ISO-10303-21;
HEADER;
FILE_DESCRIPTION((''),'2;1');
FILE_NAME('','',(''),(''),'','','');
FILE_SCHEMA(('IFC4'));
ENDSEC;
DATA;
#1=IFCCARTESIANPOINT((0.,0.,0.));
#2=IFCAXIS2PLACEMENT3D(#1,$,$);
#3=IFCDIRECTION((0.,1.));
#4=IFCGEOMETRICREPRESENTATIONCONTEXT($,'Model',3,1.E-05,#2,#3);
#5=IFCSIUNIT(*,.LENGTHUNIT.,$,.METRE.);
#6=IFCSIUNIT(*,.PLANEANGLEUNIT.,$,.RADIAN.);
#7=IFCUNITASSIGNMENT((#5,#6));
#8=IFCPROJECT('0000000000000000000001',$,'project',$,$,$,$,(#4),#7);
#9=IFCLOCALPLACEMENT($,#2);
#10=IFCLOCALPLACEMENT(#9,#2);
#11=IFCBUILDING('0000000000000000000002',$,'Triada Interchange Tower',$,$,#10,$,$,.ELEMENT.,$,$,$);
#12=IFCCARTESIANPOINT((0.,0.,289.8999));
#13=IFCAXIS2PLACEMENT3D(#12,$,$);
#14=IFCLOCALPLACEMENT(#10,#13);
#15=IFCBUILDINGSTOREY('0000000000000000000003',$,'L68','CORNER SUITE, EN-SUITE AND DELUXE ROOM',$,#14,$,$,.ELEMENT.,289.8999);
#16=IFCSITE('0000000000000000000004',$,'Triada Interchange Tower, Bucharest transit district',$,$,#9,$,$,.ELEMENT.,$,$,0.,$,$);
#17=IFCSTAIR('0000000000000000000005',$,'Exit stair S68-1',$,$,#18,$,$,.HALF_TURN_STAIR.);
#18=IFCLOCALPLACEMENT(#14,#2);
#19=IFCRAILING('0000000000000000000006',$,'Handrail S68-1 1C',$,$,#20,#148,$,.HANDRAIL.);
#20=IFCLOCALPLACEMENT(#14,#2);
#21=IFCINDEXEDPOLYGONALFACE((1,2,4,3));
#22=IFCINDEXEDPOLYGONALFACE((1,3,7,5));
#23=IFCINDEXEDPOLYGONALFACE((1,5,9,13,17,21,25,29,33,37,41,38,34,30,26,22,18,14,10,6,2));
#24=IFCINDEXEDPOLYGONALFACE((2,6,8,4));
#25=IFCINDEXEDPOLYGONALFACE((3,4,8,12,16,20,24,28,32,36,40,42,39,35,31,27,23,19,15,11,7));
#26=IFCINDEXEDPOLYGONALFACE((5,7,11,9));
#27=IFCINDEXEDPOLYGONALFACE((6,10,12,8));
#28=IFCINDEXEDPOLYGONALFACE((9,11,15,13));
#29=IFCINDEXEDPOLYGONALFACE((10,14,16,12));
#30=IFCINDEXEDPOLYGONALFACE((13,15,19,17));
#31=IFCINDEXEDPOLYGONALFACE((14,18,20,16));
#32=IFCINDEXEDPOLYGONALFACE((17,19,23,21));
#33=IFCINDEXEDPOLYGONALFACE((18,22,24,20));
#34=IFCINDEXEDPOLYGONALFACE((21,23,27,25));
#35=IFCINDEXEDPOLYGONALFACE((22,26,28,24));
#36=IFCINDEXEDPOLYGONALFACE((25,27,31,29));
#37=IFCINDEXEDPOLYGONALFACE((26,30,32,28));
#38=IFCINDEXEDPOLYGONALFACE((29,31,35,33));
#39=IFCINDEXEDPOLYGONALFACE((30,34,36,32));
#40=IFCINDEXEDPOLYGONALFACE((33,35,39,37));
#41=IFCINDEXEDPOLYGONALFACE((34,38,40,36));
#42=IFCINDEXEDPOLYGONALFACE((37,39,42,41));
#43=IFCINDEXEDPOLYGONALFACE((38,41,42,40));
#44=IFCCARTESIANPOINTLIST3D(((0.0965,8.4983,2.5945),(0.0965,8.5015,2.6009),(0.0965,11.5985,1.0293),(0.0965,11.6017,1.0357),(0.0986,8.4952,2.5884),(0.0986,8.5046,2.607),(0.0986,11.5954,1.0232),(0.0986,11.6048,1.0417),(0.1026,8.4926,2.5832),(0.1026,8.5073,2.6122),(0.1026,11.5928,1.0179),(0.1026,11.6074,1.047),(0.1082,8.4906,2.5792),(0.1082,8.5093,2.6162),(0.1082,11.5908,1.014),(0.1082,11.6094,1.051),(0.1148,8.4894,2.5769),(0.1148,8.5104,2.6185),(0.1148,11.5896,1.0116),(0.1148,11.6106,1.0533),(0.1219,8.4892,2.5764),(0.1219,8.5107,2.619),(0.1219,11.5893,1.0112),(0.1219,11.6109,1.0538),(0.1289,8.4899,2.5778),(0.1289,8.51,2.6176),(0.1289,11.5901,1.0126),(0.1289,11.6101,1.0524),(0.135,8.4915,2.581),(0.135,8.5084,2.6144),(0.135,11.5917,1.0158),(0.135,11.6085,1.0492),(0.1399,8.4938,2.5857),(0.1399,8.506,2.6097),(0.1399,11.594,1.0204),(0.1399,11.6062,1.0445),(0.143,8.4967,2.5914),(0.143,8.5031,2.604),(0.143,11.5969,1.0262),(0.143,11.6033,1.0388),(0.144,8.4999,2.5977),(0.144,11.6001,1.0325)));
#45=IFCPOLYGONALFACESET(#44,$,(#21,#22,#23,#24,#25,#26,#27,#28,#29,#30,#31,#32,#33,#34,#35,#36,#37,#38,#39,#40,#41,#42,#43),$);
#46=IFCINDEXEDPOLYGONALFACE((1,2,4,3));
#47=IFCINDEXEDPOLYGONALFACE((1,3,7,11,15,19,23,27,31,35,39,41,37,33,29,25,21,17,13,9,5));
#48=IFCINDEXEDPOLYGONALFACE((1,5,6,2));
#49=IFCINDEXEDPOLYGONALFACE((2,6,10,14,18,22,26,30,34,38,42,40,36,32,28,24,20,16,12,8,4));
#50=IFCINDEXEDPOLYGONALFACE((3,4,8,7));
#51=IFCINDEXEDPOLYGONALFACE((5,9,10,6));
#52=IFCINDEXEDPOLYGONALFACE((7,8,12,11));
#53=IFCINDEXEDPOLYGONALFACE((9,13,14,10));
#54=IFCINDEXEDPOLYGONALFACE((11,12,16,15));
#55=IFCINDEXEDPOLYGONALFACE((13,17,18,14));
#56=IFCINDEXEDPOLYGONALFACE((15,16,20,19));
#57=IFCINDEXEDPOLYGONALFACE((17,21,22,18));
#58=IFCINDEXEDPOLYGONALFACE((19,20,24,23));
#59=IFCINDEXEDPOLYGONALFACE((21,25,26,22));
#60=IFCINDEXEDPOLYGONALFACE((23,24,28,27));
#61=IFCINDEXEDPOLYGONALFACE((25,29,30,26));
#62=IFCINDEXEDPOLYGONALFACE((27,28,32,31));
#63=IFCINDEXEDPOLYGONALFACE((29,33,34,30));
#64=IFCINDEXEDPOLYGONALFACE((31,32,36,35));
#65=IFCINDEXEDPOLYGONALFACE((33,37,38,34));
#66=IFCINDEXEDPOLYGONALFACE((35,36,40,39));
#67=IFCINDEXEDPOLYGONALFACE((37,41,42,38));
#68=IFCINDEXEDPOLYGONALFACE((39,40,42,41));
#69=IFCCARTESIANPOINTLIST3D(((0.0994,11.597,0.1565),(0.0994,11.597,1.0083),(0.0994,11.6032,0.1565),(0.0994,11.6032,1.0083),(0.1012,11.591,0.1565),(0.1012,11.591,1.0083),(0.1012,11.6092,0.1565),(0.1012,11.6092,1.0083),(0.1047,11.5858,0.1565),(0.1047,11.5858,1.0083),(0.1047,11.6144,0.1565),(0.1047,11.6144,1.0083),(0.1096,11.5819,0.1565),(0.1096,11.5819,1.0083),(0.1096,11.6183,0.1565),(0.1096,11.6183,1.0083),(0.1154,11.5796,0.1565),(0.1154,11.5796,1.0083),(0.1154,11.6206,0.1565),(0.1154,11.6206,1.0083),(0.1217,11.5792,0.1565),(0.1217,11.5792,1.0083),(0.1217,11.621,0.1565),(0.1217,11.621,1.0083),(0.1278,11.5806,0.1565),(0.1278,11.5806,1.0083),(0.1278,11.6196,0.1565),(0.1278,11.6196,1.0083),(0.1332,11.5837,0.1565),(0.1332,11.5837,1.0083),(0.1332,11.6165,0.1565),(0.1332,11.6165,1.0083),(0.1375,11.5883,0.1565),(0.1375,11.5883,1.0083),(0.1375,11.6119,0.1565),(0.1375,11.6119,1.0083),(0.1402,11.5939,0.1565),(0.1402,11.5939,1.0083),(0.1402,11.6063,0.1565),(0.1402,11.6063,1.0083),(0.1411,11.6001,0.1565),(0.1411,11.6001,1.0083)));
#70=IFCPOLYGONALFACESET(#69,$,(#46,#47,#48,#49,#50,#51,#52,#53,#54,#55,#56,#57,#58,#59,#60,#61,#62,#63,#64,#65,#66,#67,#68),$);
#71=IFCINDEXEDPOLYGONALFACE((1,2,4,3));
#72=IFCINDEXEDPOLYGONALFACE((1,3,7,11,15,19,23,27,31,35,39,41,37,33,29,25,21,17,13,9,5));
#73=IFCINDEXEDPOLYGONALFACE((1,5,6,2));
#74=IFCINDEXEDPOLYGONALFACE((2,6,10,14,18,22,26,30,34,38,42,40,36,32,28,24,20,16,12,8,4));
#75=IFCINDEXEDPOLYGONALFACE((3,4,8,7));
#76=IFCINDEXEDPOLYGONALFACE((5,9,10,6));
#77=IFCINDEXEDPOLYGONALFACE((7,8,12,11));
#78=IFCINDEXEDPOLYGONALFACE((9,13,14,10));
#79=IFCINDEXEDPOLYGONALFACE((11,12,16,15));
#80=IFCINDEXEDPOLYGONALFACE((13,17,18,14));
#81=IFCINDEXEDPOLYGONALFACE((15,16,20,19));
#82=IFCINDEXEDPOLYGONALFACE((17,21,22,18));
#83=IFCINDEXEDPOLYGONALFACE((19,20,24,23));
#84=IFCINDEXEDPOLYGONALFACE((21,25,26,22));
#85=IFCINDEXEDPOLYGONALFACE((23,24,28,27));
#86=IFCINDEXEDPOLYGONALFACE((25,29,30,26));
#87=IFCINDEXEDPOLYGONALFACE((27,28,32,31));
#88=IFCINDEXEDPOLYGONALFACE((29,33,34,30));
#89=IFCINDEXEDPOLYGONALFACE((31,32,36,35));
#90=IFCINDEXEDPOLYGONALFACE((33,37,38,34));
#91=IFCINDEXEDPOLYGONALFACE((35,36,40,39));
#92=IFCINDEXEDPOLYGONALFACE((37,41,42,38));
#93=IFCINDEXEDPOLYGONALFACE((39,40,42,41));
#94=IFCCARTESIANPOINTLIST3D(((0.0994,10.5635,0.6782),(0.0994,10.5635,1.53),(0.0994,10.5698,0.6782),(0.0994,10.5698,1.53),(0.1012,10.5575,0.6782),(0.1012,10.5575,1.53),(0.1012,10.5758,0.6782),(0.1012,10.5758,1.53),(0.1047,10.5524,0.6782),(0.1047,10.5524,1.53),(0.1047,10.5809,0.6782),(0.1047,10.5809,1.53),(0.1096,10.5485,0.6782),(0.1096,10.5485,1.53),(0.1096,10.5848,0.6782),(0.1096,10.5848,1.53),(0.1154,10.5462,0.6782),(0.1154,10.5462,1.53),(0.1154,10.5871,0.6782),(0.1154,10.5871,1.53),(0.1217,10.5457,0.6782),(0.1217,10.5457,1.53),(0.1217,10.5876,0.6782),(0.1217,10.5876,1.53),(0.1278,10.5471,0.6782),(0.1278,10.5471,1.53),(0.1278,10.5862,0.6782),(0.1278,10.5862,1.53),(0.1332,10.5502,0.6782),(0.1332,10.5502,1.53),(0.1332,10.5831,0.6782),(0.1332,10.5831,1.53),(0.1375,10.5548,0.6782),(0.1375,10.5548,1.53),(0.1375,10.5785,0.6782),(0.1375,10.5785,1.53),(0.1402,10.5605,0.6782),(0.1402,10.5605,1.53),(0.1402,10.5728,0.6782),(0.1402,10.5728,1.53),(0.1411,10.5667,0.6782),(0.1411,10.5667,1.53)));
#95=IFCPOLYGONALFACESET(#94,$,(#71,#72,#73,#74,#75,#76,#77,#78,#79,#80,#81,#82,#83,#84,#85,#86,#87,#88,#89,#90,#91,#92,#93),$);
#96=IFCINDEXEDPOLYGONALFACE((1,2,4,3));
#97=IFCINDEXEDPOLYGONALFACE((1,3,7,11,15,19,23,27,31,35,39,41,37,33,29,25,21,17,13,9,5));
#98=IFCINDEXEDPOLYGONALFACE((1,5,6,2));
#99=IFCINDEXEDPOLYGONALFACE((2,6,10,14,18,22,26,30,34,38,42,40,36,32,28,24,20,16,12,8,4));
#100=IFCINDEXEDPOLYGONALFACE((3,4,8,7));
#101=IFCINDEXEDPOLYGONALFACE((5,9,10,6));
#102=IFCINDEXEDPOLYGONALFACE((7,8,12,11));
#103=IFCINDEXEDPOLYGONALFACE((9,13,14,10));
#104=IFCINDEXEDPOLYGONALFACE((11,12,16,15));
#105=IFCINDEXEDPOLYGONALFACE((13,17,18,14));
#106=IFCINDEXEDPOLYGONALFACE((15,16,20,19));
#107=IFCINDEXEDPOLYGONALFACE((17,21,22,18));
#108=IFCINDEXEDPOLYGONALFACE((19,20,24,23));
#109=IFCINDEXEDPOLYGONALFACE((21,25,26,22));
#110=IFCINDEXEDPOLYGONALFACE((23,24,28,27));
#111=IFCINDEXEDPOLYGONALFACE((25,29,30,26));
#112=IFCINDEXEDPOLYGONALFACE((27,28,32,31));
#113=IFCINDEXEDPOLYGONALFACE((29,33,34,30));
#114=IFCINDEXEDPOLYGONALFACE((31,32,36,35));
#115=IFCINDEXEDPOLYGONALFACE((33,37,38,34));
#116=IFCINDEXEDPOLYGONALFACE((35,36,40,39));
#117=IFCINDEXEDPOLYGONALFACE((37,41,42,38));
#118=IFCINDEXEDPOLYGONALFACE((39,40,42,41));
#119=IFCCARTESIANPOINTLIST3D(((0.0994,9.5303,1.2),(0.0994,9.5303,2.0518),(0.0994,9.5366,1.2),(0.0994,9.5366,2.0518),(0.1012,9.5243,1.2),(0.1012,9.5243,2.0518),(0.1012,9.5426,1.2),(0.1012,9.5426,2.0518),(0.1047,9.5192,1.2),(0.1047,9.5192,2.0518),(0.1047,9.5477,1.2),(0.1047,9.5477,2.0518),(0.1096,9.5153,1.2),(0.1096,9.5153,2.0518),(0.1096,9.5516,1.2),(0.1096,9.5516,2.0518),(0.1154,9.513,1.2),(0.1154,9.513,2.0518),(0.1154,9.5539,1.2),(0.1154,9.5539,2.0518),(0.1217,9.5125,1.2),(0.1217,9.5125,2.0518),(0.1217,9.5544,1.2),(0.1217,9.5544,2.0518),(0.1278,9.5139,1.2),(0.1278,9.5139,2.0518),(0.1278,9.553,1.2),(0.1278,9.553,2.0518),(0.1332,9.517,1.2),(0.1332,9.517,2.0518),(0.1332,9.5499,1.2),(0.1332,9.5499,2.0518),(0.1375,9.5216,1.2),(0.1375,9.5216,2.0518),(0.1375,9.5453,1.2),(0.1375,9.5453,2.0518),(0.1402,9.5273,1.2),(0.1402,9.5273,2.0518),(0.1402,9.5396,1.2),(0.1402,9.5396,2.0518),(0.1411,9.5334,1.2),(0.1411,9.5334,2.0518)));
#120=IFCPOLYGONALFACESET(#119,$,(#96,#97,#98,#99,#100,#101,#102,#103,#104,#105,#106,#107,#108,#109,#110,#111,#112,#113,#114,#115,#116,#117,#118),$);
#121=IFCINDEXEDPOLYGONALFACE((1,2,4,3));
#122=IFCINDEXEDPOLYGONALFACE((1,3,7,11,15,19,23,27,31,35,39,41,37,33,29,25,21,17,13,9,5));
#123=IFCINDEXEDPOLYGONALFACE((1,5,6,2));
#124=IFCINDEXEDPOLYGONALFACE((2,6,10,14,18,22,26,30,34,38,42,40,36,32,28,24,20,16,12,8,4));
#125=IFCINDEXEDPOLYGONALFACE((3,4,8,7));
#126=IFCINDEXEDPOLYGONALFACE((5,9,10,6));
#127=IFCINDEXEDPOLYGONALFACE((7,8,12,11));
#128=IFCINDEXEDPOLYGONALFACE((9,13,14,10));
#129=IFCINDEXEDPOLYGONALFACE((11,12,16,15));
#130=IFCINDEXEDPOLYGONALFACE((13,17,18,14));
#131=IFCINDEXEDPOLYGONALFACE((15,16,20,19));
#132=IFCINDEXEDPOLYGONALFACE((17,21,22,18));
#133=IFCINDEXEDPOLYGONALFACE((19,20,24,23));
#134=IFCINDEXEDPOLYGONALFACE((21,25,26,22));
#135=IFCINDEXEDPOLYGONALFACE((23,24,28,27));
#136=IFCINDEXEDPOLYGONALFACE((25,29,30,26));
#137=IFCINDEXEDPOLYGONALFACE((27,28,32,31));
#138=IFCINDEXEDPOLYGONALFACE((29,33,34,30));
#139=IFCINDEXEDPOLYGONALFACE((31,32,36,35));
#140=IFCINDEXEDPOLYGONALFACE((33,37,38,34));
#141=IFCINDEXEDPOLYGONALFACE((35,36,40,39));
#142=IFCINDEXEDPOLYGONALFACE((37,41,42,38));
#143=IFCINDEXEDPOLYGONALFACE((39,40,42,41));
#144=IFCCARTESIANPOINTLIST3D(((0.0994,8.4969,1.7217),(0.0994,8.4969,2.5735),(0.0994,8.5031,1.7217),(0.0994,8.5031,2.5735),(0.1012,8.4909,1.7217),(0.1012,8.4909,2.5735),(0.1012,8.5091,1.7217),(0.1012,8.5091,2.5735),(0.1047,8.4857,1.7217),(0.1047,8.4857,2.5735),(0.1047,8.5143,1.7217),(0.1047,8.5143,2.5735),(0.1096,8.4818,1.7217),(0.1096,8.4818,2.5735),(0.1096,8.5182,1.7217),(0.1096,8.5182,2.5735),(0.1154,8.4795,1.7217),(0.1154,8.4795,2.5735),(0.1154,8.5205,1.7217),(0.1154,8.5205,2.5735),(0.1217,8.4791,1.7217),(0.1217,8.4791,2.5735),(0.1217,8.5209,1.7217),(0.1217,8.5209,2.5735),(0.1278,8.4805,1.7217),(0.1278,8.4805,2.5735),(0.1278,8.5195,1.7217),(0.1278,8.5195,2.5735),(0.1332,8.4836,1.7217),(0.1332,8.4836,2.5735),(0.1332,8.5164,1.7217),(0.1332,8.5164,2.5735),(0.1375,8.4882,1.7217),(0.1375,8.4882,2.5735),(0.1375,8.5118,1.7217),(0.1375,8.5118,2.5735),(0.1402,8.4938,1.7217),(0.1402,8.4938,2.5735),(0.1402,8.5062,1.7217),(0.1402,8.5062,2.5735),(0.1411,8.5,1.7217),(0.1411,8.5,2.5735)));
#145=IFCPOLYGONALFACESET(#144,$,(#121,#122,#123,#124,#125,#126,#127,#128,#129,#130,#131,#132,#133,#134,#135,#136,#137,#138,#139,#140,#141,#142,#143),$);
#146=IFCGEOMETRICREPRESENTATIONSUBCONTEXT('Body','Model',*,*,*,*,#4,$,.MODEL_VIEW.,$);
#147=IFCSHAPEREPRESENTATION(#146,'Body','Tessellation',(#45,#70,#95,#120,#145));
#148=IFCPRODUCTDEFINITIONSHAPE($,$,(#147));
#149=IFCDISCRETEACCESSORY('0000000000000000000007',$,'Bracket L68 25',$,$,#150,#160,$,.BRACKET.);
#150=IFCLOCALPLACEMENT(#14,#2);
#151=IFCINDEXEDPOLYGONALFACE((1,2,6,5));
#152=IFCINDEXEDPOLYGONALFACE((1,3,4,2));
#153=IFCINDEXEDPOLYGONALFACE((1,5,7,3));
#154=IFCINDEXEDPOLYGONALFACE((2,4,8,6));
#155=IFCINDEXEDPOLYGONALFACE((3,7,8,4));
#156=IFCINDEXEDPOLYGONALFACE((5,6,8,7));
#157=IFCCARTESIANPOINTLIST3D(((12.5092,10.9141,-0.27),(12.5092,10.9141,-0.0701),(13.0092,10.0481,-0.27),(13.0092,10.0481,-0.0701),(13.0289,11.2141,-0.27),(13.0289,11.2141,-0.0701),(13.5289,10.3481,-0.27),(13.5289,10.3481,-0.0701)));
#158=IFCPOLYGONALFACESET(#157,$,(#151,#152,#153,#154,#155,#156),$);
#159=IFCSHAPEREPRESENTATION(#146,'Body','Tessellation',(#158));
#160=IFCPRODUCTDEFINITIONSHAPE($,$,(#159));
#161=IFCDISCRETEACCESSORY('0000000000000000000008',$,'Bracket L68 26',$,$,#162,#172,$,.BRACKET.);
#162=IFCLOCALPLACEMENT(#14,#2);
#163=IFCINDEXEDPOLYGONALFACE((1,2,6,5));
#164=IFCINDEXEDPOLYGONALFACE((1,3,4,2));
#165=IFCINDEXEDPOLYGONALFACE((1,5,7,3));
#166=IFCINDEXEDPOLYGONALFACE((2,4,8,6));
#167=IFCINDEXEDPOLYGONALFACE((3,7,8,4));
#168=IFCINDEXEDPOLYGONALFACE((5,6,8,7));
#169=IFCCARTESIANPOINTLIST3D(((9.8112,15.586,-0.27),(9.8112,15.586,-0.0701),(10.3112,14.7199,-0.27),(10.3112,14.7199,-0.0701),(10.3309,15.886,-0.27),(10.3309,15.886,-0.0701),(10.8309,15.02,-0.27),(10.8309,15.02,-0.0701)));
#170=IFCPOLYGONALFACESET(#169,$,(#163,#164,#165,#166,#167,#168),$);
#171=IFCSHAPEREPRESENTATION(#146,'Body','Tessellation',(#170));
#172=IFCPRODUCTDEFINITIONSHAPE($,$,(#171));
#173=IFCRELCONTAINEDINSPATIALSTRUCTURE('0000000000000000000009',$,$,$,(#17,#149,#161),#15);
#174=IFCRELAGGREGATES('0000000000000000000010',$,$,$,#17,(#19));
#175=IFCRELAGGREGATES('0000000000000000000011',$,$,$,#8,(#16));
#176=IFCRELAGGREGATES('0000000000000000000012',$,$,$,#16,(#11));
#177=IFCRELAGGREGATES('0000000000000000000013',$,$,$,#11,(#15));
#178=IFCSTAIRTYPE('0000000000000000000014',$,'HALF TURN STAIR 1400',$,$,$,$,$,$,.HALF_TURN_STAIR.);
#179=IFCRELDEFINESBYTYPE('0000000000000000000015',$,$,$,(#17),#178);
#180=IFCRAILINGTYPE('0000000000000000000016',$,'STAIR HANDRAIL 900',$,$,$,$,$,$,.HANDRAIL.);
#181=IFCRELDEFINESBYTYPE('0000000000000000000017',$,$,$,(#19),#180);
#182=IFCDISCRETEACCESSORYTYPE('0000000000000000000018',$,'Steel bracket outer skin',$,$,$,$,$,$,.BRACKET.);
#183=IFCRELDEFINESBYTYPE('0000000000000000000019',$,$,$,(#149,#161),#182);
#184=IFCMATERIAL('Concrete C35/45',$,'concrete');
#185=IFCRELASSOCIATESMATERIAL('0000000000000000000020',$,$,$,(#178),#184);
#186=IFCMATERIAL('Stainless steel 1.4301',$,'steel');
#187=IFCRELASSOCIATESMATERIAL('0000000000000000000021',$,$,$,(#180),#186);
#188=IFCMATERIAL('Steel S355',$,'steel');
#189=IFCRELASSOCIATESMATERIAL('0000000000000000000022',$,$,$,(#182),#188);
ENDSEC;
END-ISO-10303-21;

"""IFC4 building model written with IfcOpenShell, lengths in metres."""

from ifc_helpers import new_model, si_unit, direction, frame, origin, origin_2d, place, context, subcontext, project, spatial, rectangle, circle, extrude, material, type_object, element, aggregate, save


model = new_model("IFC4")

# Units and contexts
model_context = context("Model", 3, precision=1e-05, world=origin(), true_north=direction((0.0, 1.0)))
body_context = subcontext(model_context, "Body", "Model", "MODEL_VIEW")
ifc_project = project(units=[si_unit("LENGTHUNIT", "METRE"), si_unit("PLANEANGLEUNIT", "RADIAN")], contexts=[model_context])

# Site, building, storey
site_placement = place(None, origin())
site = spatial("IfcSite", under=ifc_project, at=site_placement, Name="Triada Interchange Tower, Bucharest transit district", CompositionType="ELEMENT", RefElevation=0.0)
building_placement = place(site_placement, origin())
building = spatial("IfcBuilding", under=site, at=building_placement, Name="Triada Interchange Tower", CompositionType="ELEMENT")
storey_placement = place(building_placement, frame((0.0, 0.0, 289.8999)))
storey = spatial("IfcBuildingStorey", under=building, at=storey_placement, Name="L68", Description="CORNER SUITE, EN-SUITE AND DELUXE ROOM", CompositionType="ELEMENT", Elevation=289.8999)

# Stair
ifc_material_1 = material(Name="Concrete C35/45", Category="concrete")
stair_type = type_object("IfcStairType", Name="HALF TURN STAIR 1400", PredefinedType="HALF_TURN_STAIR", material=ifc_material_1)
stair_placement = place(storey_placement, origin())
stair = element("IfcStair", 1, at=stair_placement, inside=storey, type_object=stair_type, Name="Exit stair S68-1", PredefinedType="HALF_TURN_STAIR")

# Railing
ifc_material_2 = material(Name="Stainless steel 1.4301", Category="steel")
railing_type = type_object("IfcRailingType", Name="STAIR HANDRAIL 900", PredefinedType="HANDRAIL", material=ifc_material_2)
railing_1_placement = place(storey_placement, frame((0.1201, 11.6001, 0.1565)))
railing_1 = element("IfcRailing", 2, at=railing_1_placement, type_object=railing_type, Name="Handrail S68-1 1C", PredefinedType="HANDRAIL", context=body_context, shape_type="SweptSolid", body=[
    extrude(circle(Radius=0.0239, at=origin_2d()), frame((0.0, 0.0, 0.876), z_axis=(0.0, -0.892677, 0.450697), x_axis=(1.0, 0.0, 0.0)), (0.0, 0.0, 1.0), 3.4729),
    extrude(circle(Radius=0.021, at=origin_2d()), origin(), (0.0, 0.0, 1.0), 0.8518),
    extrude(circle(Radius=0.021, at=origin_2d()), frame((0.0, -1.0334, 0.5217)), (0.0, 0.0, 1.0), 0.8518),
    extrude(circle(Radius=0.021, at=origin_2d()), frame((0.0, -2.0667, 1.0435)), (0.0, 0.0, 1.0), 0.8518),
    extrude(circle(Radius=0.021, at=origin_2d()), frame((0.0, -3.1001, 1.5652)), (0.0, 0.0, 1.0), 0.8518),
])
aggregate(stair, [railing_1])

# Discrete accessories
ifc_material_3 = material(Name="Steel S355", Category="steel")
discrete_accessory_type = type_object("IfcDiscreteAccessoryType", Name="Steel bracket outer skin", PredefinedType="BRACKET", material=ifc_material_3)
for number, where, z_axis, x_axis, name in (
    (3, (13.019, 10.6311, -0.27), (0.0, 0.0, 1.0), (0.866023, 0.500004, 0.0), "Bracket L68 25"),
    (4, (10.321, 15.303, -0.27), (0.0, 0.0, 1.0), (0.866023, 0.500004, 0.0), "Bracket L68 26"),
):
    element("IfcDiscreteAccessory", number, at=place(storey_placement, frame(where, z_axis=z_axis, x_axis=x_axis)), inside=storey, type_object=discrete_accessory_type, Name=name, PredefinedType="BRACKET", context=body_context, shape_type="SweptSolid", body=[
        extrude(rectangle(XDim=0.6001, YDim=1.0, at=origin_2d()), origin(), (0.0, 0.0, 1.0), 0.2),
    ])

save(model, "model.ifc")
